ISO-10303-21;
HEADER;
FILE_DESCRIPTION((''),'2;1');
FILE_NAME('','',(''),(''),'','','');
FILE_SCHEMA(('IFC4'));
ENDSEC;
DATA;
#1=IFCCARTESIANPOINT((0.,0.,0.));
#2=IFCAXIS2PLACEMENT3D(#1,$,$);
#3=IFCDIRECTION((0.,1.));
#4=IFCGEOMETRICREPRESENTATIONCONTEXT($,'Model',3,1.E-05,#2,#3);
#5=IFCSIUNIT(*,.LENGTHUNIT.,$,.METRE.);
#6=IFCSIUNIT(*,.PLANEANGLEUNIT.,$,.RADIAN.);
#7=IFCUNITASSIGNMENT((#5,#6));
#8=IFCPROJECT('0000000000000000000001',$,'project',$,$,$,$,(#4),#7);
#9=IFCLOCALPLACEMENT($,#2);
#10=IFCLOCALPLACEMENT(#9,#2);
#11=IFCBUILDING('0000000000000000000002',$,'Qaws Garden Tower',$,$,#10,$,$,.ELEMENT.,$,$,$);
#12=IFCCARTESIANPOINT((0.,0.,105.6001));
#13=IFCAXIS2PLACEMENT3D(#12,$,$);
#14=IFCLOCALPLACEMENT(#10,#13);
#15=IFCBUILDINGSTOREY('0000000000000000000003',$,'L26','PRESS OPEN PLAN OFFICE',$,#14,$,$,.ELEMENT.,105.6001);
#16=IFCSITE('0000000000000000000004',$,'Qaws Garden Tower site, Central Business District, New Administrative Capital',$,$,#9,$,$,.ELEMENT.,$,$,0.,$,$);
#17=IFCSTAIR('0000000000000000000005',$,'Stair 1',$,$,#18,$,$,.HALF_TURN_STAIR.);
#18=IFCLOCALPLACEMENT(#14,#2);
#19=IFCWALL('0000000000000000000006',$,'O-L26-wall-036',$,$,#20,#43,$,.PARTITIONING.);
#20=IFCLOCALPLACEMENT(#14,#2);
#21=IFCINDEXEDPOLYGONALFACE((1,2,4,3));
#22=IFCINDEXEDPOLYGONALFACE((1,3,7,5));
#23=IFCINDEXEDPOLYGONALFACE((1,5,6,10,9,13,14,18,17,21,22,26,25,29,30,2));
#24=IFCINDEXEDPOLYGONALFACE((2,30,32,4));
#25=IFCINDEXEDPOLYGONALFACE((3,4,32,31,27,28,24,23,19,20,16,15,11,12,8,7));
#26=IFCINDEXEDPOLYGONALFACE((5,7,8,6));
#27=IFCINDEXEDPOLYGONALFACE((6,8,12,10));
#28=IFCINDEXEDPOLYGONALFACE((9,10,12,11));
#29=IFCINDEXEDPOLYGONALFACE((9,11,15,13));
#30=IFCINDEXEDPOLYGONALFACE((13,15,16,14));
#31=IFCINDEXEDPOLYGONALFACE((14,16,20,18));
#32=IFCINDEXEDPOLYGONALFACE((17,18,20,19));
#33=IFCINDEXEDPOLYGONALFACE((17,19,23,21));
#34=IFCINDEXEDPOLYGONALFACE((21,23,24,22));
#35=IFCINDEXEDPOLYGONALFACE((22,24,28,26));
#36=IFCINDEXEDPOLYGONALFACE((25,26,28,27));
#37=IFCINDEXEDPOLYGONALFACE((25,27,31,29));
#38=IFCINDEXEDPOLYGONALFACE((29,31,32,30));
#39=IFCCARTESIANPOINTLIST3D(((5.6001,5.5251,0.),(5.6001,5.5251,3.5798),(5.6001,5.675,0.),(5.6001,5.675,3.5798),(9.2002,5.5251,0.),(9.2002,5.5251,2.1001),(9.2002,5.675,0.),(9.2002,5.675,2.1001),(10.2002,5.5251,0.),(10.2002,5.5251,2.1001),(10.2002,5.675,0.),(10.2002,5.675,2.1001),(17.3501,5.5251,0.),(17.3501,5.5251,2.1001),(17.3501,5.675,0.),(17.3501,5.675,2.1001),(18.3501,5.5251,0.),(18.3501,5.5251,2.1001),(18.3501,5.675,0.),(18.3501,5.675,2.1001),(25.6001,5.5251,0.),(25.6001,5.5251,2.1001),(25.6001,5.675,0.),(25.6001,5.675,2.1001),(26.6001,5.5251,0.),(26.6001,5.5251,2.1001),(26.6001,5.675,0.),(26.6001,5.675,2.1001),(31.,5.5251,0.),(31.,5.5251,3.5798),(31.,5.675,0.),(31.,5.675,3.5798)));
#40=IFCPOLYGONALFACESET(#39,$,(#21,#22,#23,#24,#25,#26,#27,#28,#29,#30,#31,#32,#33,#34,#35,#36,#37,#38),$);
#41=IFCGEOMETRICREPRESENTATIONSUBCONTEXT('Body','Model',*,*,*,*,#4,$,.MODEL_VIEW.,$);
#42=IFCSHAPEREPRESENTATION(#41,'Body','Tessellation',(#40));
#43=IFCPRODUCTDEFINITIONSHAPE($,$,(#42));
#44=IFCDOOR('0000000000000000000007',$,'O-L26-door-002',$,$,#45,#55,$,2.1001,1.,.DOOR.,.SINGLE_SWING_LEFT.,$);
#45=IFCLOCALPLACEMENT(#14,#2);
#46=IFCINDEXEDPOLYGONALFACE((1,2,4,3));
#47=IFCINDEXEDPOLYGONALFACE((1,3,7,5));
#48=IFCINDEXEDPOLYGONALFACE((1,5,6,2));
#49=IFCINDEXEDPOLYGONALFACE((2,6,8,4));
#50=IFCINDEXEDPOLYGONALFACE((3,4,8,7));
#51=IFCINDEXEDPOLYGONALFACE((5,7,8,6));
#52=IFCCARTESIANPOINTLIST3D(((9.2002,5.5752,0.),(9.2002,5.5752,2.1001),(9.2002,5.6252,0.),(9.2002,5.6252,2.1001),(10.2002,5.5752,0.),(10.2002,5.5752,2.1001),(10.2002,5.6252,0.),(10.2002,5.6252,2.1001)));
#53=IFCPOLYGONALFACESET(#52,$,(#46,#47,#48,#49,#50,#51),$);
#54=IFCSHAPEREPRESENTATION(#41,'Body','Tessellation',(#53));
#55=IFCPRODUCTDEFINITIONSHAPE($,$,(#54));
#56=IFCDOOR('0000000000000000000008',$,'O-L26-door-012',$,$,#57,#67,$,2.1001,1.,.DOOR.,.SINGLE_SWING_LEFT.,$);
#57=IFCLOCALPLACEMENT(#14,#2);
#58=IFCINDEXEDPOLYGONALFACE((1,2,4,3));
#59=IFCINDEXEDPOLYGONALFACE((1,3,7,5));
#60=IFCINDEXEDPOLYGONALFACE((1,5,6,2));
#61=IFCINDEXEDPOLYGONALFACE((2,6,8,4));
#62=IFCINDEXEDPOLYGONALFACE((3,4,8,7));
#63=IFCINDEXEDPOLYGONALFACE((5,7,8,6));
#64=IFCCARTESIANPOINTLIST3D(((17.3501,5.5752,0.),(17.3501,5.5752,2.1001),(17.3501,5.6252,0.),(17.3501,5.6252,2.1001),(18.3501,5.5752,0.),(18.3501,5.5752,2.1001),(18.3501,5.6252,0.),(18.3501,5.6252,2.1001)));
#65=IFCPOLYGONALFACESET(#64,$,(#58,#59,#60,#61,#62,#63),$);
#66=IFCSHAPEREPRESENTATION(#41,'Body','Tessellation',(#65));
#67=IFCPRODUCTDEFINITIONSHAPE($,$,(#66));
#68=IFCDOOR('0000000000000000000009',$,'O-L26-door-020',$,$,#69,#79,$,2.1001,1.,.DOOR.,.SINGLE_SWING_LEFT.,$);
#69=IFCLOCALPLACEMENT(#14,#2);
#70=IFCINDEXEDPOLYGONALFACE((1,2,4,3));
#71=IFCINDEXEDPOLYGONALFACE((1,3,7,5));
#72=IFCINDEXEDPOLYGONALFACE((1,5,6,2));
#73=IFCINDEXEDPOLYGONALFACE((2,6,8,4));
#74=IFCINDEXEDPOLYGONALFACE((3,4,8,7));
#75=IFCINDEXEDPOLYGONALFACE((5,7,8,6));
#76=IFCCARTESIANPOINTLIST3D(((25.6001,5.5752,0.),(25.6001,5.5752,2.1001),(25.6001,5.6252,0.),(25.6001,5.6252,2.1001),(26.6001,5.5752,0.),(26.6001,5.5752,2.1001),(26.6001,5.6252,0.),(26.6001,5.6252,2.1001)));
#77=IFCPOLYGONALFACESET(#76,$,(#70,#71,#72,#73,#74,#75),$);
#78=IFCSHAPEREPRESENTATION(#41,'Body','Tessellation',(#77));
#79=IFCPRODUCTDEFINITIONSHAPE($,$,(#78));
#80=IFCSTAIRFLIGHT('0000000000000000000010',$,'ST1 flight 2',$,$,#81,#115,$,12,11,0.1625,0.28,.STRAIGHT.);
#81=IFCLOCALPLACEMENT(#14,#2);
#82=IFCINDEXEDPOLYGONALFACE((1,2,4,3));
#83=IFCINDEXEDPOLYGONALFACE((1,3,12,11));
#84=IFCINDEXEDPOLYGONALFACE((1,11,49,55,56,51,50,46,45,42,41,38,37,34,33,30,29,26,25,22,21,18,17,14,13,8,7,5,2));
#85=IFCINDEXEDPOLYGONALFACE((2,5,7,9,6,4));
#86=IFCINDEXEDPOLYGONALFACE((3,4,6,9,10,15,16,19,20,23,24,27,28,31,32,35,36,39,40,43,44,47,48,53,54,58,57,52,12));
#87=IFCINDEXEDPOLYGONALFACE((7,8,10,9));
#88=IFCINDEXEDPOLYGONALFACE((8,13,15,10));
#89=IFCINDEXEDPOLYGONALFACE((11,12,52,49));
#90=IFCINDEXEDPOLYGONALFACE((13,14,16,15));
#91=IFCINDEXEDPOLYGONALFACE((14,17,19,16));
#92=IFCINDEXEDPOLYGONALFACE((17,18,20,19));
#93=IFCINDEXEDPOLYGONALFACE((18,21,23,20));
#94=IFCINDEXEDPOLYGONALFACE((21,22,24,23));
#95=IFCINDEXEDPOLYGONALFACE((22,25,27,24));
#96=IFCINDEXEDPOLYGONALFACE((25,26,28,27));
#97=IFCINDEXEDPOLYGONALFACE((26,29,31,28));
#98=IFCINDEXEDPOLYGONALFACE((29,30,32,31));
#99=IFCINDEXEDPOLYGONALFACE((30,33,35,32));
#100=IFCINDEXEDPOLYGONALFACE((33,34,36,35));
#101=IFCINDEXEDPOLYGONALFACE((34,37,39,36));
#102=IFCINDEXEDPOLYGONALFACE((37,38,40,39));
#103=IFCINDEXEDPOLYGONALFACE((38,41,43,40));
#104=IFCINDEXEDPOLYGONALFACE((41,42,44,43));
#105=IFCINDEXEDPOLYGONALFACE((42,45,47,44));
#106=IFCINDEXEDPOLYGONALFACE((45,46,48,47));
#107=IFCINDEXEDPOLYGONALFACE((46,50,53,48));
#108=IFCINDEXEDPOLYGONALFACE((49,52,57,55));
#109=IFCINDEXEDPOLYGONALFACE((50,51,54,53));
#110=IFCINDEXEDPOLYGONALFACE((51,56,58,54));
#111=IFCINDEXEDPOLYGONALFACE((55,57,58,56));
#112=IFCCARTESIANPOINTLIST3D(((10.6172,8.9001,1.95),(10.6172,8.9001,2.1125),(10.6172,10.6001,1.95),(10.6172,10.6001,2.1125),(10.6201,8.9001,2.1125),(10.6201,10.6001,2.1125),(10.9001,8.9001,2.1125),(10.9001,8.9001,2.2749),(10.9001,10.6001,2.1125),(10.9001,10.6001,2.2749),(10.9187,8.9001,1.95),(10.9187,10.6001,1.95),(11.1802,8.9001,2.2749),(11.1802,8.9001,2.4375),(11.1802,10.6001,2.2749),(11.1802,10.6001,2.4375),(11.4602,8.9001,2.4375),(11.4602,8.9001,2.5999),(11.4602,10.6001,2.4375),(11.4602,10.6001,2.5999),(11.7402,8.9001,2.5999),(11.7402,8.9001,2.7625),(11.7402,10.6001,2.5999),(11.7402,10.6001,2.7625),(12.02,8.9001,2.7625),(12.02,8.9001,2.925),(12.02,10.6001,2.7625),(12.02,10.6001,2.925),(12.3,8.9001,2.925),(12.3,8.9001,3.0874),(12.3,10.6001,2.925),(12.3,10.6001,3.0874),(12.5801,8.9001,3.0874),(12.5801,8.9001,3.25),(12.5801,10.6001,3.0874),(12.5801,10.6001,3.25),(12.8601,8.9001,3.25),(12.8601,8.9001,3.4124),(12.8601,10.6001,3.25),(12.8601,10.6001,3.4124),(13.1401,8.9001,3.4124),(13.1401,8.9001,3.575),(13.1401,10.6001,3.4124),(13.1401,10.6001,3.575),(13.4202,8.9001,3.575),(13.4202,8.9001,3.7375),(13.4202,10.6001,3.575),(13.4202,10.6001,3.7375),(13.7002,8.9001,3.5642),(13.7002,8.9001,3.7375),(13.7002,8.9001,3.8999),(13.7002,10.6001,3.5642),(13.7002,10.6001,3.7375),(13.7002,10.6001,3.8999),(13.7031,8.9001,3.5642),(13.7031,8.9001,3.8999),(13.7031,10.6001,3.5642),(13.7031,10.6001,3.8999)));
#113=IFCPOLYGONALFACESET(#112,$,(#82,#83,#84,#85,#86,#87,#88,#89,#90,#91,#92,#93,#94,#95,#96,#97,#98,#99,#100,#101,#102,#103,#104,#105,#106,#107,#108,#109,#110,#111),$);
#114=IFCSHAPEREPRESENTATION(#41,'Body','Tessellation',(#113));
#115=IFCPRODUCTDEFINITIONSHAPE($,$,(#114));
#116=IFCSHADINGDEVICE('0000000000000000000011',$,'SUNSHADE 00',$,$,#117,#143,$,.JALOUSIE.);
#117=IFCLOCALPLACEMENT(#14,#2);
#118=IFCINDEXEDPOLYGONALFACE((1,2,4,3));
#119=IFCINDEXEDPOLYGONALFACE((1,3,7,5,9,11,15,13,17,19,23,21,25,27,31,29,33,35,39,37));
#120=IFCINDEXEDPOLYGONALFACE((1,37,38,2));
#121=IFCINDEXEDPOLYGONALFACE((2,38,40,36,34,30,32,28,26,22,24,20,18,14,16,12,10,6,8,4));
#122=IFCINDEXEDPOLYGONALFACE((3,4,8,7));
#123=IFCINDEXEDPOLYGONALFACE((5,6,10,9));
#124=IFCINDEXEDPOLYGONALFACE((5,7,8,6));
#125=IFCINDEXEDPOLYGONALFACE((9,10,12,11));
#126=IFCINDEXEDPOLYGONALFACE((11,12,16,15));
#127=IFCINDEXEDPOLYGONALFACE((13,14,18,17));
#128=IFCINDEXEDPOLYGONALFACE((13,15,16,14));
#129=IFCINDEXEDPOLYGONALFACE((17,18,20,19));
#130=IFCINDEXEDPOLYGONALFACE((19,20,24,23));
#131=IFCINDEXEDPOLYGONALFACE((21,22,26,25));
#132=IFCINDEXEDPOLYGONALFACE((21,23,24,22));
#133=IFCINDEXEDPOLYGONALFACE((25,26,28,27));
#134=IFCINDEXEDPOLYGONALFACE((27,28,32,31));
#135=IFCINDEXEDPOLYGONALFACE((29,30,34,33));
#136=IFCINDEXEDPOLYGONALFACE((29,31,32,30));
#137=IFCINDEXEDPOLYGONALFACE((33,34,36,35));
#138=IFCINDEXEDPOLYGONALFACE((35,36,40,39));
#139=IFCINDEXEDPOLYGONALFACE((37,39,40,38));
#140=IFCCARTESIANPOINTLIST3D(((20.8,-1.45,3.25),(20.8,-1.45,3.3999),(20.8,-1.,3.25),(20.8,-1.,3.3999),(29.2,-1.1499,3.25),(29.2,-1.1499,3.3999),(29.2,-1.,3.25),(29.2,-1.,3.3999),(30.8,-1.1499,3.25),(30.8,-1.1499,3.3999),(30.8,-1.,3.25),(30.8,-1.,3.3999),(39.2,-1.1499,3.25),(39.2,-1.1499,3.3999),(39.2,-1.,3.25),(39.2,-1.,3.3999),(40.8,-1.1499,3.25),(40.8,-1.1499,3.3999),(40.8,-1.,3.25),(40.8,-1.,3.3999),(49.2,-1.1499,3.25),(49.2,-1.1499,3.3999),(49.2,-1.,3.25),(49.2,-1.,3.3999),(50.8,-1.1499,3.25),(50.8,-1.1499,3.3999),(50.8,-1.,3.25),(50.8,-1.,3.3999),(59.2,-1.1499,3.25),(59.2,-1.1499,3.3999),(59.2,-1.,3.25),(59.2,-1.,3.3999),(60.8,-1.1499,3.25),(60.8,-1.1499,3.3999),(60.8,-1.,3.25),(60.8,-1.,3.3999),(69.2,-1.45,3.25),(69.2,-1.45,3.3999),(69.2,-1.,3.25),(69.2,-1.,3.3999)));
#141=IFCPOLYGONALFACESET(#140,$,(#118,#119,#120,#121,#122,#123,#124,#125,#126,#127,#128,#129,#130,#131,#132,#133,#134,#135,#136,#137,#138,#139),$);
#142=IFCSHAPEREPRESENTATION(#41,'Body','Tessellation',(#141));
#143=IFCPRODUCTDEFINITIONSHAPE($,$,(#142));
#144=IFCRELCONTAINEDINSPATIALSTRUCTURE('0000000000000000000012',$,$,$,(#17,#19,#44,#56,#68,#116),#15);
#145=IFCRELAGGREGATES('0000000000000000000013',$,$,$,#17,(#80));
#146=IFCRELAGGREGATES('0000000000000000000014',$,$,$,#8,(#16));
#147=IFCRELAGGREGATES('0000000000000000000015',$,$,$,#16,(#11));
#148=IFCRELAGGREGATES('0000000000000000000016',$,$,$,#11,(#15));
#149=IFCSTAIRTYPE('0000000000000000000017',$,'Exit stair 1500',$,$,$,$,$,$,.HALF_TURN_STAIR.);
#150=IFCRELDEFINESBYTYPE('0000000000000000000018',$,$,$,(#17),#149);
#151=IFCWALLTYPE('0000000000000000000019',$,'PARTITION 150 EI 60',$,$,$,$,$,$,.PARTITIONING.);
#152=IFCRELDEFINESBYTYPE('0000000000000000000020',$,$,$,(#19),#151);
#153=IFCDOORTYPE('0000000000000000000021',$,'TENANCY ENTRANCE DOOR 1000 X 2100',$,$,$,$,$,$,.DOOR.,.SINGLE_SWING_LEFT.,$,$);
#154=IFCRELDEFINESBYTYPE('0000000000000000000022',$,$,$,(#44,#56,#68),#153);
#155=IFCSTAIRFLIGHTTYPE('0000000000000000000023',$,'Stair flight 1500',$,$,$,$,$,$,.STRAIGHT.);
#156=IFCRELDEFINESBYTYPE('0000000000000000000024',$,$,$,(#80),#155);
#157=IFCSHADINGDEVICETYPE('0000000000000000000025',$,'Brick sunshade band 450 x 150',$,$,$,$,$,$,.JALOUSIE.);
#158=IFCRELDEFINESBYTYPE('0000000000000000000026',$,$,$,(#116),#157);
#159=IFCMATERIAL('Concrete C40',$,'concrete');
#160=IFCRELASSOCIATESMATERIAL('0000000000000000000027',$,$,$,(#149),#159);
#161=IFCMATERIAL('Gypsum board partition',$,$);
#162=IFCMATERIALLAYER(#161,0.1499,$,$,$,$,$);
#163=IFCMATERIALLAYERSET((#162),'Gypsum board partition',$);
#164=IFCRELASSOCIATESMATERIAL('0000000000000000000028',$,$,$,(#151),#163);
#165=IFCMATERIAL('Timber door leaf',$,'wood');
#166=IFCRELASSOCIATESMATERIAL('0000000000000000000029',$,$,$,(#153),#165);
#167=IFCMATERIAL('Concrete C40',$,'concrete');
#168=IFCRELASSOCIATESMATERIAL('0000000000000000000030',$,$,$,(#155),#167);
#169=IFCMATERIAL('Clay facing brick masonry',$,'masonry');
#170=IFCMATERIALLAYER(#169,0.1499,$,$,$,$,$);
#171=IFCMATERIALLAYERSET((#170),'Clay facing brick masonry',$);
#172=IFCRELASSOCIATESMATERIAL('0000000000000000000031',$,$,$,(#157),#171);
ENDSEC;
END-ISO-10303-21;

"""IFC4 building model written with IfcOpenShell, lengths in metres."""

from ifc_helpers import new_model, si_unit, direction, frame, frame_2d, origin, place, context, subcontext, project, spatial, polyline, rectangle, outline, extrude, material, layer, layer_set, type_object, element, fill, aggregate, save


model = new_model("IFC4")

# Units and contexts
model_context = context("Model", 3, precision=1e-05, world=origin(), true_north=direction((0.0, 1.0)))
body_context = subcontext(model_context, "Body", "Model", "MODEL_VIEW")
ifc_project = project(units=[si_unit("LENGTHUNIT", "METRE"), si_unit("PLANEANGLEUNIT", "RADIAN")], contexts=[model_context])

# Site, building, storey
site_placement = place(None, origin())
site = spatial("IfcSite", under=ifc_project, at=site_placement, Name="Qaws Garden Tower site, Central Business District, New Administrative Capital", CompositionType="ELEMENT", RefElevation=0.0)
building_placement = place(site_placement, origin())
building = spatial("IfcBuilding", under=site, at=building_placement, Name="Qaws Garden Tower", CompositionType="ELEMENT")
storey_placement = place(building_placement, frame((0.0, 0.0, 105.6001)))
storey = spatial("IfcBuildingStorey", under=building, at=storey_placement, Name="L26", Description="PRESS OPEN PLAN OFFICE", CompositionType="ELEMENT", Elevation=105.6001)

# Stair
ifc_material_1 = material(Name="Concrete C40", Category="concrete")
stair_type_1 = type_object("IfcStairType", Name="Exit stair 1500", PredefinedType="HALF_TURN_STAIR", material=ifc_material_1)
placement_1 = place(storey_placement, origin())
stair_1 = element("IfcStair", 1, at=placement_1, inside=storey, type_object=stair_type_1, Name="Stair 1", PredefinedType="HALF_TURN_STAIR")

# Shared definitions
ifc_material_2 = material(Name="Gypsum board partition")
ifc_layer_1 = layer(ifc_material_2, 0.1499)
ifc_layer_set_1 = layer_set([ifc_layer_1], Name="Gypsum board partition")
wall_type_1 = type_object("IfcWallType", Name="PARTITION 150 EI 60", PredefinedType="PARTITIONING", material=ifc_layer_set_1)

# Wall, openings, doors
wall_1_placement = place(storey_placement, frame((5.6001, 5.6001, 0.0), z_axis=(0.0, 0.0, 1.0), x_axis=(1.0, 0.0, 0.0)))
wall_1 = element("IfcWall", 2, at=wall_1_placement, inside=storey, type_object=wall_type_1, Name="O-L26-wall-036", PredefinedType="PARTITIONING", context=body_context, shape_type="SweptSolid", body=[
    extrude(rectangle(XDim=25.3999, YDim=0.1499, at=frame_2d((12.7, 0.0))), origin(), (0.0, 0.0, 1.0), 3.5798),
])
opening_1_placement = place(wall_1_placement, frame((3.6001, 0.0, 0.0)))
opening_1 = element("IfcOpeningElement", 3, at=opening_1_placement, cuts=wall_1, PredefinedType="OPENING", context=body_context, shape_type="SweptSolid", body=[
    extrude(rectangle(XDim=1.0, YDim=2.1001, at=frame_2d((0.5, 1.05))), frame((0.0, 0.085, 0.0), z_axis=(0.0, -1.0, 0.0), x_axis=(1.0, 0.0, 0.0)), (0.0, 0.0, 1.0), 0.1699),
])
opening_2_placement = place(wall_1_placement, frame((11.75, 0.0, 0.0)))
opening_2 = element("IfcOpeningElement", 4, at=opening_2_placement, cuts=wall_1, PredefinedType="OPENING", context=body_context, shape_type="SweptSolid", body=[
    extrude(rectangle(XDim=1.0, YDim=2.1001, at=frame_2d((0.5, 1.05))), frame((0.0, 0.085, 0.0), z_axis=(0.0, -1.0, 0.0), x_axis=(1.0, 0.0, 0.0)), (0.0, 0.0, 1.0), 0.1699),
])
opening_3_placement = place(wall_1_placement, frame((20.0, 0.0, 0.0)))
opening_3 = element("IfcOpeningElement", 5, at=opening_3_placement, cuts=wall_1, PredefinedType="OPENING", context=body_context, shape_type="SweptSolid", body=[
    extrude(rectangle(XDim=1.0, YDim=2.1001, at=frame_2d((0.5, 1.05))), frame((0.0, 0.085, 0.0), z_axis=(0.0, -1.0, 0.0), x_axis=(1.0, 0.0, 0.0)), (0.0, 0.0, 1.0), 0.1699),
])
ifc_material_3 = material(Name="Timber door leaf", Category="wood")
door_type_1 = type_object("IfcDoorType", Name="TENANCY ENTRANCE DOOR 1000 X 2100", OperationType="SINGLE_SWING_LEFT", PredefinedType="DOOR", material=ifc_material_3)
door_1_placement = place(opening_1_placement, frame((1.0, 0.0, 0.0), z_axis=(0.0, 0.0, 1.0), x_axis=(-1.0, 0.0, 0.0)))
door_1 = element("IfcDoor", 6, at=door_1_placement, inside=storey, type_object=door_type_1, Name="O-L26-door-002", OperationType="SINGLE_SWING_LEFT", OverallHeight=2.1001, OverallWidth=1.0, PredefinedType="DOOR", context=body_context, shape_type="SweptSolid", body=[
    extrude(rectangle(XDim=1.0, YDim=2.1001, at=frame_2d((0.5, 1.05))), frame((0.0, 0.0249, 0.0), z_axis=(0.0, -1.0, 0.0), x_axis=(1.0, 0.0, 0.0)), (0.0, 0.0, 1.0), 0.05),
])
fill(opening_1, door_1)
door_2_placement = place(opening_2_placement, frame((1.0, 0.0, 0.0), z_axis=(0.0, 0.0, 1.0), x_axis=(-1.0, 0.0, 0.0)))
door_2 = element("IfcDoor", 7, at=door_2_placement, inside=storey, type_object=door_type_1, Name="O-L26-door-012", OperationType="SINGLE_SWING_LEFT", OverallHeight=2.1001, OverallWidth=1.0, PredefinedType="DOOR", context=body_context, shape_type="SweptSolid", body=[
    extrude(rectangle(XDim=1.0, YDim=2.1001, at=frame_2d((0.5, 1.05))), frame((0.0, 0.0249, 0.0), z_axis=(0.0, -1.0, 0.0), x_axis=(1.0, 0.0, 0.0)), (0.0, 0.0, 1.0), 0.05),
])
fill(opening_2, door_2)
door_3_placement = place(opening_3_placement, frame((1.0, 0.0, 0.0), z_axis=(0.0, 0.0, 1.0), x_axis=(-1.0, 0.0, 0.0)))
door_3 = element("IfcDoor", 8, at=door_3_placement, inside=storey, type_object=door_type_1, Name="O-L26-door-020", OperationType="SINGLE_SWING_LEFT", OverallHeight=2.1001, OverallWidth=1.0, PredefinedType="DOOR", context=body_context, shape_type="SweptSolid", body=[
    extrude(rectangle(XDim=1.0, YDim=2.1001, at=frame_2d((0.5, 1.05))), frame((0.0, 0.0249, 0.0), z_axis=(0.0, -1.0, 0.0), x_axis=(1.0, 0.0, 0.0)), (0.0, 0.0, 1.0), 0.05),
])
fill(opening_3, door_3)

# Stair flight
ifc_material_4 = material(Name="Concrete C40", Category="concrete")
stair_flight_type = type_object("IfcStairFlightType", Name="Stair flight 1500", PredefinedType="STRAIGHT", material=ifc_material_4)
stair_flight_placement = place(storey_placement, frame((10.6201, 9.75, 1.95), z_axis=(0.0, 0.0, 1.0), x_axis=(1.0, 0.0, 0.0)))
stair_flight = element("IfcStairFlight", 9, at=stair_flight_placement, type_object=stair_flight_type, Name="ST1 flight 2", NumberOfRisers=12, NumberOfTreads=11, PredefinedType="STRAIGHT", RiserHeight=0.1625, TreadLength=0.28, context=body_context, shape_type="SweptSolid", body=[
    extrude(outline(polyline([(-0.0029, 0.0), (-0.0029, 0.1626), (0.0, 0.1626), (0.28, 0.1626), (0.28, 0.325), (0.5601, 0.325), (0.5601, 0.4875), (0.8401, 0.4875), (0.8401, 0.6499), (1.1201, 0.6499), (1.1201, 0.8125), (1.3999, 0.8125), (1.3999, 0.9751), (1.6799, 0.9751), (1.6799, 1.1375), (1.96, 1.1375), (1.96, 1.3), (2.24, 1.3), (2.24, 1.4624), (2.52, 1.4624), (2.52, 1.625), (2.8, 1.625), (2.8, 1.7876), (3.0801, 1.7876), (3.0801, 1.95), (3.083, 1.95), (3.083, 1.6143), (3.0801, 1.6143), (0.2986, 0.0), (-0.0029, 0.0)])), frame((0.0, 0.8501, 0.0), z_axis=(0.0, -1.0, 0.0), x_axis=(1.0, 0.0, 0.0)), (0.0, 0.0, 1.0), 1.7),
])
aggregate(stair_1, [stair_flight])

# Shading device
ifc_material_5 = material(Name="Clay facing brick masonry", Category="masonry")
ifc_layer_2 = layer(ifc_material_5, 0.1499)
ifc_layer_set_2 = layer_set([ifc_layer_2], Name="Clay facing brick masonry")
shading_device_type = type_object("IfcShadingDeviceType", Name="Brick sunshade band 450 x 150", PredefinedType="JALOUSIE", material=ifc_layer_set_2)
shading_device_placement = place(storey_placement, frame((0.0, 0.0, 3.25)))
element("IfcShadingDevice", 10, at=shading_device_placement, inside=storey, type_object=shading_device_type, Name="SUNSHADE 00", PredefinedType="JALOUSIE", context=body_context, shape_type="SweptSolid", body=[
    extrude(outline(polyline([(20.8, -1.0), (20.8, -1.45), (69.2, -1.45), (69.2, -1.0), (60.8, -1.0), (60.8, -1.1499), (59.2, -1.1499), (59.2, -1.0), (50.8, -1.0), (50.8, -1.1499), (49.2, -1.1499), (49.2, -1.0), (40.8, -1.0), (40.8, -1.1499), (39.2, -1.1499), (39.2, -1.0), (30.8, -1.0), (30.8, -1.1499), (29.2, -1.1499), (29.2, -1.0), (20.8, -1.0)])), origin(), (0.0, 0.0, 1.0), 0.1499),
])

save(model, "model.ifc")
